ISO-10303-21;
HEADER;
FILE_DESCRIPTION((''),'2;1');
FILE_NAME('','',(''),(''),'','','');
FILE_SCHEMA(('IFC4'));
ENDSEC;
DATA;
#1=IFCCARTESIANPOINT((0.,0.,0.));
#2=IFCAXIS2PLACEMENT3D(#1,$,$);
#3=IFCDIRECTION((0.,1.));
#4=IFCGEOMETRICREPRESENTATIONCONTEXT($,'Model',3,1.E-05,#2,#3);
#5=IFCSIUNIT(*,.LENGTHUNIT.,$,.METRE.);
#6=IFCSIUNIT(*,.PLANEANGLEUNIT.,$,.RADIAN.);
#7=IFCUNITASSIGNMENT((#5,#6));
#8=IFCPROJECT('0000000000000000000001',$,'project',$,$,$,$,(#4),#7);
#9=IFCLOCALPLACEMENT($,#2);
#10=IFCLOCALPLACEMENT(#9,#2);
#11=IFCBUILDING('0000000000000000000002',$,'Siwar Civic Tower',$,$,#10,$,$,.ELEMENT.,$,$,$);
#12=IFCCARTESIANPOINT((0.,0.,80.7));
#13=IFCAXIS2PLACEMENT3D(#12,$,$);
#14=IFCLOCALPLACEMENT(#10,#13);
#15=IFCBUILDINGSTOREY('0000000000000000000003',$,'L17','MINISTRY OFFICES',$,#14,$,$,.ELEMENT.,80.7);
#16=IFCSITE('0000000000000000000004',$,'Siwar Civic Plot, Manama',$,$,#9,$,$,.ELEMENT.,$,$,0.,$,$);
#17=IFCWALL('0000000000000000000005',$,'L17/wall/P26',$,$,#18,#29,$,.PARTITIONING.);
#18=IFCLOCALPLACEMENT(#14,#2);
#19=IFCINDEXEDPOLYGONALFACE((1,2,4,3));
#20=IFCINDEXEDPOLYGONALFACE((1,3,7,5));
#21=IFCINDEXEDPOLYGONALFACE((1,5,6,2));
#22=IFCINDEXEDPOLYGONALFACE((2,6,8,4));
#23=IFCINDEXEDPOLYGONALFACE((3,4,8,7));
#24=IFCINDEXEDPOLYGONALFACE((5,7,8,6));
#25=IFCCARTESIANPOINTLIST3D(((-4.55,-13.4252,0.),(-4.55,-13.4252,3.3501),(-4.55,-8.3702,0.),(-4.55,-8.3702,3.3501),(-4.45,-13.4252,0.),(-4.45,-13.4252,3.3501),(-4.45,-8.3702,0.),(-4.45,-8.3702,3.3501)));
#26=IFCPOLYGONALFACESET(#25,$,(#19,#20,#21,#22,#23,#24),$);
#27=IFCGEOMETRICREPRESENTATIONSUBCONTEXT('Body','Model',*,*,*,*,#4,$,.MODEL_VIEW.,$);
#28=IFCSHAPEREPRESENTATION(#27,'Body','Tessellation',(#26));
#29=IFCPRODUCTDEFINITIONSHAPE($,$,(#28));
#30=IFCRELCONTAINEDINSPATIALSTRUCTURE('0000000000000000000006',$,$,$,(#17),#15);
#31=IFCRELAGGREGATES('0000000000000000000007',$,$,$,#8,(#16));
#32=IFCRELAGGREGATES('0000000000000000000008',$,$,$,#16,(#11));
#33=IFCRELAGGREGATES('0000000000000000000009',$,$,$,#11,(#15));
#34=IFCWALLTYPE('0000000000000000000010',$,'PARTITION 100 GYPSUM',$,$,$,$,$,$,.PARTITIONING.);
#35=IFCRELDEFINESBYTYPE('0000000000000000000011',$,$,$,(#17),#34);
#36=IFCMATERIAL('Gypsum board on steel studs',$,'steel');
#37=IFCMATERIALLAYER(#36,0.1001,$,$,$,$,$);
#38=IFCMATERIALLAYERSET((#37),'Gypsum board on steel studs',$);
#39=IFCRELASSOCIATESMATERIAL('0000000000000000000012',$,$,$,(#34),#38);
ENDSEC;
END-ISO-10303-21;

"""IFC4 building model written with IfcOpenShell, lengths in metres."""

from ifc_helpers import new_model, si_unit, direction, frame, frame_2d, origin, place, context, subcontext, project, spatial, rectangle, extrude, material, layer, layer_set, type_object, element, save


model = new_model("IFC4")

# Units and contexts
model_context = context("Model", 3, precision=1e-05, world=origin(), true_north=direction((0.0, 1.0)))
body_context = subcontext(model_context, "Body", "Model", "MODEL_VIEW")
ifc_project = project(units=[si_unit("LENGTHUNIT", "METRE"), si_unit("PLANEANGLEUNIT", "RADIAN")], contexts=[model_context])

# Site, building, storey
site_placement = place(None, origin())
site = spatial("IfcSite", under=ifc_project, at=site_placement, Name="Siwar Civic Plot, Manama", CompositionType="ELEMENT", RefElevation=0.0)
building_placement = place(site_placement, origin())
building = spatial("IfcBuilding", under=site, at=building_placement, Name="Siwar Civic Tower", CompositionType="ELEMENT")
storey_placement = place(building_placement, frame((0.0, 0.0, 80.7)))
storey = spatial("IfcBuildingStorey", under=building, at=storey_placement, Name="L17", Description="MINISTRY OFFICES", CompositionType="ELEMENT", Elevation=80.7)

# Wall
ifc_material_1 = material(Name="Gypsum board on steel studs", Category="steel")
ifc_layer_1 = layer(ifc_material_1, 0.1001)
ifc_layer_set_1 = layer_set([ifc_layer_1], Name="Gypsum board on steel studs")
wall_type_1 = type_object("IfcWallType", Name="PARTITION 100 GYPSUM", PredefinedType="PARTITIONING", material=ifc_layer_set_1)
wall_1_placement = place(storey_placement, frame((-4.5, -13.425, 0.0), z_axis=(0.0, 0.0, 1.0), x_axis=(0.0, 1.0, 0.0)))
element("IfcWall", 1, at=wall_1_placement, inside=storey, type_object=wall_type_1, Name="L17/wall/P26", PredefinedType="PARTITIONING", context=body_context, shape_type="SweptSolid", body=[
    extrude(rectangle(XDim=5.0549, YDim=0.1001, at=frame_2d((2.5273, 0.0))), origin(), (0.0, 0.0, 1.0), 3.3501),
])

save(model, "model.ifc")
